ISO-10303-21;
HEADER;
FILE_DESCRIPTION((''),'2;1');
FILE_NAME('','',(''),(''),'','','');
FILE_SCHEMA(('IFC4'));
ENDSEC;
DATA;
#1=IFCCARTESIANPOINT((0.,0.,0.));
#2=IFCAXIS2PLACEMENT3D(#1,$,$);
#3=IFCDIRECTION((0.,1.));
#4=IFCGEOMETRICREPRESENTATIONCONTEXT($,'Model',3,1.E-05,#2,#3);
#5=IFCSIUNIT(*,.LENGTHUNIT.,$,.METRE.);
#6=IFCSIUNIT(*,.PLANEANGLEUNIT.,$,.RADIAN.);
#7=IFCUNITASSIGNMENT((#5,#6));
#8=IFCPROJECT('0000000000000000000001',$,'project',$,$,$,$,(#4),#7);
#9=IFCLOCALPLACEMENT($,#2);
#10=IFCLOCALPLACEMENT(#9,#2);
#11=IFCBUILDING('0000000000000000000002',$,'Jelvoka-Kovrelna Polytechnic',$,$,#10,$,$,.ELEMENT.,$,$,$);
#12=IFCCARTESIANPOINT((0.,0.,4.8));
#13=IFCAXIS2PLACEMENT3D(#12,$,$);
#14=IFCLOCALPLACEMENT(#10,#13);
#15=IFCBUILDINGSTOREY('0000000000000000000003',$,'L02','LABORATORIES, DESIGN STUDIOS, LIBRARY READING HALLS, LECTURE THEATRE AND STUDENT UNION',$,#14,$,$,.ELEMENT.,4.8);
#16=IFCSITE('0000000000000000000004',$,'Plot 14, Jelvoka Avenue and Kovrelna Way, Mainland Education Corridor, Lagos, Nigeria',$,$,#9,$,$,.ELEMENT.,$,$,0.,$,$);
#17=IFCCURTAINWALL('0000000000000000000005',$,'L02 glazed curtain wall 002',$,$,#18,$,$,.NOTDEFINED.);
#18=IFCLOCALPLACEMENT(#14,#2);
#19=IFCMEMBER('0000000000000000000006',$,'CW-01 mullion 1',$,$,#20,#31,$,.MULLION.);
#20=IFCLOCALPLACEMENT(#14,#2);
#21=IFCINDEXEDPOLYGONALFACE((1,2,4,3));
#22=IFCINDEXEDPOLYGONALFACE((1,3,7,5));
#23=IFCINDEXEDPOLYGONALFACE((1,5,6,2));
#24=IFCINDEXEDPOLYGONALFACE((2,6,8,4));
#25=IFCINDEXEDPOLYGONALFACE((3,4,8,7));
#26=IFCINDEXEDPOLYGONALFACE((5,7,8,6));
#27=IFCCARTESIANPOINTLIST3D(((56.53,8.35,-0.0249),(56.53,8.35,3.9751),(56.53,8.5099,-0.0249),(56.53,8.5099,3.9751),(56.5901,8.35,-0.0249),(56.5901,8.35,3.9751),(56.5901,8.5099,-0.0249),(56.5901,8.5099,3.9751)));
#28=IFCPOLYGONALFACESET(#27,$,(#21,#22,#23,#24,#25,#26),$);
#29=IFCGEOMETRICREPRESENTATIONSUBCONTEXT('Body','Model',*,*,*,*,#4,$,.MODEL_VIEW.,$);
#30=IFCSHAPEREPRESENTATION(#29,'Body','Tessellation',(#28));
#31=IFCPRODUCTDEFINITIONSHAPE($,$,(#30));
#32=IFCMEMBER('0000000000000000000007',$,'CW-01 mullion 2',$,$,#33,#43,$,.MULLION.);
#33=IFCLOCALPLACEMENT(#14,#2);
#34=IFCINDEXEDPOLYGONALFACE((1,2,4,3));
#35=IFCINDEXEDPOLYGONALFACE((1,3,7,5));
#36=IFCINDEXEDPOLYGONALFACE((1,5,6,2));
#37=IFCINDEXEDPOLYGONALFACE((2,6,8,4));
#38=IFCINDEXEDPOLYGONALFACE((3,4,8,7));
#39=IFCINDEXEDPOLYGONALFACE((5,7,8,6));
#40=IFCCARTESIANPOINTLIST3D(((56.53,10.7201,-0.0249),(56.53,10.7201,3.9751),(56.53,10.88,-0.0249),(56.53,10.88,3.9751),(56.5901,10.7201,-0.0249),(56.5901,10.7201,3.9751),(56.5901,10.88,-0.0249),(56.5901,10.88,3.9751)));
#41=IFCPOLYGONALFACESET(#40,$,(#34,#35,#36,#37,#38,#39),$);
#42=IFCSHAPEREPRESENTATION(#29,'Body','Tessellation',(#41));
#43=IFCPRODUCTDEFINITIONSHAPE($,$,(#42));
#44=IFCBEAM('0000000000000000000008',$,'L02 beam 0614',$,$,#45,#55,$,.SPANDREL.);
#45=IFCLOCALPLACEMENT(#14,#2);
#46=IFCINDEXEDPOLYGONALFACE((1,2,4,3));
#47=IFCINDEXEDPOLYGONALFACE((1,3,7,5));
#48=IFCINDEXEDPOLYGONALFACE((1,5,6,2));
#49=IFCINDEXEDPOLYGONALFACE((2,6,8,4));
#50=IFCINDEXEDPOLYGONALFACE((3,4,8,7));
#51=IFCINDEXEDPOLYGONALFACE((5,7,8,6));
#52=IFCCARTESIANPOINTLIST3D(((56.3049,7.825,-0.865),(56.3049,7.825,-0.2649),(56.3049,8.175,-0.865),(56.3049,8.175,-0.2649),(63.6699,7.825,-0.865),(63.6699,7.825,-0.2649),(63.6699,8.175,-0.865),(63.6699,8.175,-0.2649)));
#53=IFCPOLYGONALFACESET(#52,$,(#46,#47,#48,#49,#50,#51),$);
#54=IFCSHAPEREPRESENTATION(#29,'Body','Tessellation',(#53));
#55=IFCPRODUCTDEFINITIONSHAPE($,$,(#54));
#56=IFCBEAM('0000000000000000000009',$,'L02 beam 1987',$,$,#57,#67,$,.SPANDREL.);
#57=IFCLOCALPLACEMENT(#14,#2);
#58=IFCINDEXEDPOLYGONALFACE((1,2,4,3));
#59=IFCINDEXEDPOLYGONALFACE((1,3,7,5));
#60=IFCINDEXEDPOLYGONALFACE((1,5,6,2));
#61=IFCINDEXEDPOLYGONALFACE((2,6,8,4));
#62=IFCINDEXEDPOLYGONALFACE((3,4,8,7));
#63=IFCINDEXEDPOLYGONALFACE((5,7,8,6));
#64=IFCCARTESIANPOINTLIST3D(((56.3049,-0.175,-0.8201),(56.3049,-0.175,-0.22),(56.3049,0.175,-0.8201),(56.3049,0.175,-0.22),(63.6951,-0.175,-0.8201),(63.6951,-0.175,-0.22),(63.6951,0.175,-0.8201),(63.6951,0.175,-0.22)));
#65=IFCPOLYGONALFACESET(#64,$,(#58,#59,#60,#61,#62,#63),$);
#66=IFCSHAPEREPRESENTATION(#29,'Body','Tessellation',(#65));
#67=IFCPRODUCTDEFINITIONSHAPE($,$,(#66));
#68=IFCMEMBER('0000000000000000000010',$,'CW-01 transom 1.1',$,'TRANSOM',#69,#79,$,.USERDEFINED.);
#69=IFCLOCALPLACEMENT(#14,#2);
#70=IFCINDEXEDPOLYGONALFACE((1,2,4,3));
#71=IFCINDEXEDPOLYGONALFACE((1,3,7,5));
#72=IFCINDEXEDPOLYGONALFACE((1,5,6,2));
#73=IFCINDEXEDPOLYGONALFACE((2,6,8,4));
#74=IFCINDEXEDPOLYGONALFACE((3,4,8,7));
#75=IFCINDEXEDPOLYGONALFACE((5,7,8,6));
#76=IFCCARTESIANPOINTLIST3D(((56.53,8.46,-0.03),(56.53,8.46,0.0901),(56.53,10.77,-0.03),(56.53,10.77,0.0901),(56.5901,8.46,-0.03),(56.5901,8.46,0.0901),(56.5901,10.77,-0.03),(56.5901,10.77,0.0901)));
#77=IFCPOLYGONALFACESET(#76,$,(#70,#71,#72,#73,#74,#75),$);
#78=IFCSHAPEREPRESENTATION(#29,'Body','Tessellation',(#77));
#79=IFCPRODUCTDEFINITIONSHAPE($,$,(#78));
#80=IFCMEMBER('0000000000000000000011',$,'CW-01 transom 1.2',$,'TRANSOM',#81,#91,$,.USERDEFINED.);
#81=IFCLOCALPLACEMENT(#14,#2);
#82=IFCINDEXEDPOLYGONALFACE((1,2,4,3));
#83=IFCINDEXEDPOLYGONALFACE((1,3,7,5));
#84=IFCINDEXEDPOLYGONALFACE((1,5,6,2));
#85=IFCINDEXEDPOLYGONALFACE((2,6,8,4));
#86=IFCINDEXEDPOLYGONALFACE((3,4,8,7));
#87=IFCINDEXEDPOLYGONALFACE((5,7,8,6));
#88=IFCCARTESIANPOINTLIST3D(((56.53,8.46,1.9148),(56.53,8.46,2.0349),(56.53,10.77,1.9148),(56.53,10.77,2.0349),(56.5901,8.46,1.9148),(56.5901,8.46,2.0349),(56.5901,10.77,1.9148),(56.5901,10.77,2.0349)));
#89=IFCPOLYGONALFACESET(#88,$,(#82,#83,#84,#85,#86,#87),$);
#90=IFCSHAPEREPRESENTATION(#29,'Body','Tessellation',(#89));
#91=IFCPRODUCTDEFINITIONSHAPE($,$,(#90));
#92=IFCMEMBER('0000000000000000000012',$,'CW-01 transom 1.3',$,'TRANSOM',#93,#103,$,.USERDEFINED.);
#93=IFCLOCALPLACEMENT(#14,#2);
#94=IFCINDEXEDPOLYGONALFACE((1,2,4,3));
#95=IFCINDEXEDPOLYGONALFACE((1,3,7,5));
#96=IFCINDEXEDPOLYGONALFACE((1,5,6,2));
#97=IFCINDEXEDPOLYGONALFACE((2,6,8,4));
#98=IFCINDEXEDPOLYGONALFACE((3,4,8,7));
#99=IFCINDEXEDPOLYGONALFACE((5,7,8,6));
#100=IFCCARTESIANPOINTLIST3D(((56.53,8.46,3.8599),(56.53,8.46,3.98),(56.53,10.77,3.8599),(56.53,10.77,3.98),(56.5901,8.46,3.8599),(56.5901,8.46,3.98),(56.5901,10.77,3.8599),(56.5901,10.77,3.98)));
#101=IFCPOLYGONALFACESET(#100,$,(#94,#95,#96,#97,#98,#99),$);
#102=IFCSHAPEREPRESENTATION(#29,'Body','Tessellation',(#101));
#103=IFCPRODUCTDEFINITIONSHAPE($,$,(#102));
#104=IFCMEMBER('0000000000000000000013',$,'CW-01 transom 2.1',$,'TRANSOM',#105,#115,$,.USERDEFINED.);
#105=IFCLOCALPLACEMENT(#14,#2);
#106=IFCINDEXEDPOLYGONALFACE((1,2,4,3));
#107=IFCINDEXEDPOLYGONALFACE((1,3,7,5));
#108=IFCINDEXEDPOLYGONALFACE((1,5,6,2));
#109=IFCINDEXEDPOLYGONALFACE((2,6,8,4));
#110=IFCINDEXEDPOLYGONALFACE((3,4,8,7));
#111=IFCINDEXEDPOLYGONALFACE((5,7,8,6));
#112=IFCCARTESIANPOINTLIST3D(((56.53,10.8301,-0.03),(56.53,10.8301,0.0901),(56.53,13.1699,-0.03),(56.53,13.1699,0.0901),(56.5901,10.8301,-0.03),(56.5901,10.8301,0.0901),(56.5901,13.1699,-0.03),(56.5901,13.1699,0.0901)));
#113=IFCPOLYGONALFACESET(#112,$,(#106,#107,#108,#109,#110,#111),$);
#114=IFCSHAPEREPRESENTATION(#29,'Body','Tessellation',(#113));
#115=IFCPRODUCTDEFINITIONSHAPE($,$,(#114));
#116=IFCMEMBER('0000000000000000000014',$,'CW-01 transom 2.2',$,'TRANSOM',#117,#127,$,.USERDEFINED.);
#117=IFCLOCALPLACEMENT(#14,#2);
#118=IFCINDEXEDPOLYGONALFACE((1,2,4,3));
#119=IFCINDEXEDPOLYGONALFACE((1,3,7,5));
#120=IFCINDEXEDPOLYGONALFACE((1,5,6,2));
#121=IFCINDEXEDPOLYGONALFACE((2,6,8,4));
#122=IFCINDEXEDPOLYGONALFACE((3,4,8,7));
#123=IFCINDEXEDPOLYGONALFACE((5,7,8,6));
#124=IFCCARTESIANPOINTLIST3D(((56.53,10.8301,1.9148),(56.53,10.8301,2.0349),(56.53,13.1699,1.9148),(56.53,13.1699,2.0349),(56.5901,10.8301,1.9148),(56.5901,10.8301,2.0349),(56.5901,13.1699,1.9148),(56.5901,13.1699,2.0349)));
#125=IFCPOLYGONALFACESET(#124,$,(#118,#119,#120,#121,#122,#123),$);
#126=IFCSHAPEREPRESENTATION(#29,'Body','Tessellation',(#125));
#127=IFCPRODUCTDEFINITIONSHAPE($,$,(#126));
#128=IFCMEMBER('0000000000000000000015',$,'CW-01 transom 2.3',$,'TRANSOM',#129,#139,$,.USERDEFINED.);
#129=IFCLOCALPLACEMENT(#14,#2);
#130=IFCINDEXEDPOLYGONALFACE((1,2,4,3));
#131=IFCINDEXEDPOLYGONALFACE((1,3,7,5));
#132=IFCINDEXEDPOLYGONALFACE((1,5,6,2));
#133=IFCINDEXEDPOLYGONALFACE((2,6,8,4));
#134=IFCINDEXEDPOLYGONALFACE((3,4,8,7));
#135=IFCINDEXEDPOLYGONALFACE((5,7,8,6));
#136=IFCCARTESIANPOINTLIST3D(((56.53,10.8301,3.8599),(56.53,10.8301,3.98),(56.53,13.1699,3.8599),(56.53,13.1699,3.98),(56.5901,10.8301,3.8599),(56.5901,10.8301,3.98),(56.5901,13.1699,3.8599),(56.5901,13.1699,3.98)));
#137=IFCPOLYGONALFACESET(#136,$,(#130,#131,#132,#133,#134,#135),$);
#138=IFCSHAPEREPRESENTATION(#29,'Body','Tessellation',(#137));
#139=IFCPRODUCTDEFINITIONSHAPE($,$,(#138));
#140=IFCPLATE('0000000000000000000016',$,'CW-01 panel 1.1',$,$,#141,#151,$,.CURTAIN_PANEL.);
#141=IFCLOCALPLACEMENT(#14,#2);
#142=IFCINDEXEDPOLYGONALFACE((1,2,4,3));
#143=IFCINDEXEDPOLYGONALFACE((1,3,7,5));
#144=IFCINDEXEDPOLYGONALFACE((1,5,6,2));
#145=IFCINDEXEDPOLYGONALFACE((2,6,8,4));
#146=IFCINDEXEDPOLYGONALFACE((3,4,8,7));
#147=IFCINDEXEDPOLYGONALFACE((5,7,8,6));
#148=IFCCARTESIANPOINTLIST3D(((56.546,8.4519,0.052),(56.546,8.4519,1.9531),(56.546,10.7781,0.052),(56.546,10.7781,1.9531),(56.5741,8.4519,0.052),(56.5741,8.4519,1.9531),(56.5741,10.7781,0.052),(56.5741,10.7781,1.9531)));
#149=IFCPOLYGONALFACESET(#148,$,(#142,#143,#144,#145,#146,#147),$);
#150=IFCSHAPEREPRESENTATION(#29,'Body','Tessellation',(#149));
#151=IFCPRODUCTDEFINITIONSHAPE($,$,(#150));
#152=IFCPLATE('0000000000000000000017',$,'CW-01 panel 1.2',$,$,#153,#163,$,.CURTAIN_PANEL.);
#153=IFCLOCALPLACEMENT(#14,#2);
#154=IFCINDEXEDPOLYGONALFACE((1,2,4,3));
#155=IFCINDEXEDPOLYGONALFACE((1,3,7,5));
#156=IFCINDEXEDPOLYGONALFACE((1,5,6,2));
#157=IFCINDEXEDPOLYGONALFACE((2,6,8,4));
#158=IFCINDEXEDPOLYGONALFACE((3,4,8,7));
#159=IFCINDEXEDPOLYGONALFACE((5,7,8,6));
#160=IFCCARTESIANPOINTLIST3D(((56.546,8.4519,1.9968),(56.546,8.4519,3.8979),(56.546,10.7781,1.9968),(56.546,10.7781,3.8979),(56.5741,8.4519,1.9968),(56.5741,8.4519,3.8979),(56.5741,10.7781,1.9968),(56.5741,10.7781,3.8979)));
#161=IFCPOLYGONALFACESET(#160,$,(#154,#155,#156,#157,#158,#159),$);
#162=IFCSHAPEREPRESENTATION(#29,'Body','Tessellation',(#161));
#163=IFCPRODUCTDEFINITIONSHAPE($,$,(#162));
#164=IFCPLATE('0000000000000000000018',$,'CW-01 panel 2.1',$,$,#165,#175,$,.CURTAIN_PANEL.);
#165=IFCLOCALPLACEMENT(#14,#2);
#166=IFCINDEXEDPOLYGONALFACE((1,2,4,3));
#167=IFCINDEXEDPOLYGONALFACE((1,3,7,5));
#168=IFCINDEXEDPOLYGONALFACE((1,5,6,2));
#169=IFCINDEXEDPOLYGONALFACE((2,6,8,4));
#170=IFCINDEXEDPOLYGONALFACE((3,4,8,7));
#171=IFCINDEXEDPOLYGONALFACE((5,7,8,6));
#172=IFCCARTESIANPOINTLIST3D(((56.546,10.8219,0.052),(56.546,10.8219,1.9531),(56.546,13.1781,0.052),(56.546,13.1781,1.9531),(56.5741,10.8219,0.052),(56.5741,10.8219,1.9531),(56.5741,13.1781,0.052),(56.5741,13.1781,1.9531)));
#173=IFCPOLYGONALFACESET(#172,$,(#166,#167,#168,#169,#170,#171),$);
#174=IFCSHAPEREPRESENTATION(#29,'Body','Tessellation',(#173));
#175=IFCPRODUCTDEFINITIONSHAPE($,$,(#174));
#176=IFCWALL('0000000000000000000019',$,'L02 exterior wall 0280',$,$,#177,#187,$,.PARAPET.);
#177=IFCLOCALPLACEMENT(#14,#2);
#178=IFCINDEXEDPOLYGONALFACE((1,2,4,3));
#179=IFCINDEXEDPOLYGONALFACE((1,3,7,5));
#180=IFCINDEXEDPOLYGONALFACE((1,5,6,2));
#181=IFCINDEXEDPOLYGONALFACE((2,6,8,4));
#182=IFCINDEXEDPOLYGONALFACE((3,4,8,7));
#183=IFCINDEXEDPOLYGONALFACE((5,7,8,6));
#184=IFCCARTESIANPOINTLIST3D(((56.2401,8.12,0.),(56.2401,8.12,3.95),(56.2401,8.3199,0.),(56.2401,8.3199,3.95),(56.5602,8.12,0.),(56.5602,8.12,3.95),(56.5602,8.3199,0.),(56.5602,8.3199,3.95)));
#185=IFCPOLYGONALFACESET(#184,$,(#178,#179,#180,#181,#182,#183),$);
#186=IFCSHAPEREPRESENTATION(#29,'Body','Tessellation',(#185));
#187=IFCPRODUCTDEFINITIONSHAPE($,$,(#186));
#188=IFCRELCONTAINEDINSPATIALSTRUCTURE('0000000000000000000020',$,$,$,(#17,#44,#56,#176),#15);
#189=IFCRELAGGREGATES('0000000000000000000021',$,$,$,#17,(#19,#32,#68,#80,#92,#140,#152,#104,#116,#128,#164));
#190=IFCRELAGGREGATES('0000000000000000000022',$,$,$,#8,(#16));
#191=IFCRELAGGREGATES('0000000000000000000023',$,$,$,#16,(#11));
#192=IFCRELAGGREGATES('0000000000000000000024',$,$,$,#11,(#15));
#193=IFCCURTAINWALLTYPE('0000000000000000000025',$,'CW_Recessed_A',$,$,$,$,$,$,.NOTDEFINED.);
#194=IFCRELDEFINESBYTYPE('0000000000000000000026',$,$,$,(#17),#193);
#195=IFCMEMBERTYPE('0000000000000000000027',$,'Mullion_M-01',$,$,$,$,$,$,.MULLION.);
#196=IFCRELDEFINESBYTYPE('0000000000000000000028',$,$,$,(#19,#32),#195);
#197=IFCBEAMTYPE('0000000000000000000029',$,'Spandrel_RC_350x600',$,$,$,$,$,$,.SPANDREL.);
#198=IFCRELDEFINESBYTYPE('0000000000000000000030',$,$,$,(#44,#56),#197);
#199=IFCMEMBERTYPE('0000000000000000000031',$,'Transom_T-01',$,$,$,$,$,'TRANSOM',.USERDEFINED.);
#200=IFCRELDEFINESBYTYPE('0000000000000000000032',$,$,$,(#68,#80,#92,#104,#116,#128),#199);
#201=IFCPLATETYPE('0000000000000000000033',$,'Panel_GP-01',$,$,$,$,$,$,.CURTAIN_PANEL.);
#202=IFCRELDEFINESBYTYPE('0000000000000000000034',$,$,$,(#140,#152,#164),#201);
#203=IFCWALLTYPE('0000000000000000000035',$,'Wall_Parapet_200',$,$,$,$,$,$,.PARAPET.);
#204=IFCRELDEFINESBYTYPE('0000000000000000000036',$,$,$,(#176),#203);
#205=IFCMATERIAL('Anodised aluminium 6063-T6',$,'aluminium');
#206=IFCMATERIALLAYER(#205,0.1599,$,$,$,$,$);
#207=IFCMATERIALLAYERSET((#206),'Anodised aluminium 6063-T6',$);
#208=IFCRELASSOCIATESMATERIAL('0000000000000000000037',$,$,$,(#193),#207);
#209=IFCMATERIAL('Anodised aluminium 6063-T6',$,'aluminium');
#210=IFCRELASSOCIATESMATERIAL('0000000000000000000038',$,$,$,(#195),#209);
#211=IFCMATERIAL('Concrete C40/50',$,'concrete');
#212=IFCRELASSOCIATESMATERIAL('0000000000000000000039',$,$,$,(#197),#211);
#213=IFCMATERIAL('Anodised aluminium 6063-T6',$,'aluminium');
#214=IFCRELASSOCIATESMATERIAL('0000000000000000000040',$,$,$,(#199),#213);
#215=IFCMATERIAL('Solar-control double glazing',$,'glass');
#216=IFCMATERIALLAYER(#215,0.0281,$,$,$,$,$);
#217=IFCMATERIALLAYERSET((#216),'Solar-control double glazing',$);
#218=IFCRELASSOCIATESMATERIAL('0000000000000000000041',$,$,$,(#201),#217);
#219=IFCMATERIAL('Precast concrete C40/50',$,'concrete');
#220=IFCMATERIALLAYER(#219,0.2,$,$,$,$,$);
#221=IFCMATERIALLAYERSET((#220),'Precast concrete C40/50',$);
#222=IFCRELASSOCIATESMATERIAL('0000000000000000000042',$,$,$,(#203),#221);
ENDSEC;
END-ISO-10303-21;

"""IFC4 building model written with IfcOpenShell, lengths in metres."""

from ifc_helpers import new_model, si_unit, direction, frame, frame_2d, origin, origin_2d, place, context, subcontext, project, spatial, rectangle, extrude, material, layer, layer_set, material_profile, profile_set, type_object, element, aggregate, save


model = new_model("IFC4")

# Units and contexts
model_context = context("Model", 3, precision=1e-05, world=origin(), true_north=direction((0.0, 1.0)))
body_context = subcontext(model_context, "Body", "Model", "MODEL_VIEW")
ifc_project = project(units=[si_unit("LENGTHUNIT", "METRE"), si_unit("PLANEANGLEUNIT", "RADIAN")], contexts=[model_context])

# Site, building, storey
site_placement = place(None, origin())
site = spatial("IfcSite", under=ifc_project, at=site_placement, Name="Plot 14, Jelvoka Avenue and Kovrelna Way, Mainland Education Corridor, Lagos, Nigeria", CompositionType="ELEMENT", RefElevation=0.0)
building_placement = place(site_placement, origin())
building = spatial("IfcBuilding", under=site, at=building_placement, Name="Jelvoka-Kovrelna Polytechnic", CompositionType="ELEMENT")
storey_placement = place(building_placement, frame((0.0, 0.0, 4.8)))
storey = spatial("IfcBuildingStorey", under=building, at=storey_placement, Name="L02", Description="LABORATORIES, DESIGN STUDIOS, LIBRARY READING HALLS, LECTURE THEATRE AND STUDENT UNION", CompositionType="ELEMENT", Elevation=4.8)

# Curtain wall, members
ifc_material_1 = material(Name="Anodised aluminium 6063-T6", Category="aluminium")
ifc_layer_1 = layer(ifc_material_1, 0.1599)
ifc_layer_set_1 = layer_set([ifc_layer_1], Name="Anodised aluminium 6063-T6")
curtain_wall_type = type_object("IfcCurtainWallType", Name="CW_Recessed_A", PredefinedType="NOTDEFINED", material=ifc_layer_set_1)
curtain_wall_placement = place(storey_placement, origin())
curtain_wall = element("IfcCurtainWall", 1, at=curtain_wall_placement, inside=storey, type_object=curtain_wall_type, Name="L02 glazed curtain wall 002", PredefinedType="NOTDEFINED")
ifc_material_2 = material(Name="Anodised aluminium 6063-T6", Category="aluminium")
ifc_material_profile_1 = material_profile(ifc_material_2, rectangle(XDim=0.0601, YDim=0.1599, at=origin_2d()), Name="ALU 60x160")
ifc_profile_set_1 = profile_set([ifc_material_profile_1], Name="Anodised aluminium 6063-T6")
member_type_1 = type_object("IfcMemberType", Name="Mullion_M-01", PredefinedType="MULLION", material=ifc_profile_set_1)
member_1_placement = place(storey_placement, frame((56.5601, 8.4299, -0.0249), z_axis=(0.0, 0.0, 1.0), x_axis=(-1.0, 0.0, 0.0)))
member_1 = element("IfcMember", 2, at=member_1_placement, type_object=member_type_1, Name="CW-01 mullion 1", PredefinedType="MULLION", context=body_context, shape_type="SweptSolid", body=[
    extrude(rectangle(XDim=0.0601, YDim=0.1599, at=origin_2d()), origin(), (0.0, 0.0, 1.0), 4.0),
])
member_2_placement = place(storey_placement, frame((56.5601, 10.8, -0.0249), z_axis=(0.0, 0.0, 1.0), x_axis=(-1.0, 0.0, 0.0)))
member_2 = element("IfcMember", 3, at=member_2_placement, type_object=member_type_1, Name="CW-01 mullion 2", PredefinedType="MULLION", context=body_context, shape_type="SweptSolid", body=[
    extrude(rectangle(XDim=0.0601, YDim=0.1599, at=origin_2d()), origin(), (0.0, 0.0, 1.0), 4.0),
])

# Beams
ifc_material_3 = material(Name="Concrete C40/50", Category="concrete")
ifc_material_profile_2 = material_profile(ifc_material_3, rectangle(XDim=0.3501, YDim=0.6001, at=origin_2d()), Name="RC 350x600")
ifc_profile_set_2 = profile_set([ifc_material_profile_2], Name="Concrete C40/50")
beam_type = type_object("IfcBeamType", Name="Spandrel_RC_350x600", PredefinedType="SPANDREL", material=ifc_profile_set_2)
beam_1_placement = place(storey_placement, frame((56.3049, 8.0, -0.5649), z_axis=(1.0, 0.0, 0.0), x_axis=(0.0, 1.0, 0.0)))
element("IfcBeam", 4, at=beam_1_placement, inside=storey, type_object=beam_type, Name="L02 beam 0614", PredefinedType="SPANDREL", context=body_context, shape_type="SweptSolid", body=[
    extrude(rectangle(XDim=0.3501, YDim=0.6001, at=origin_2d()), origin(), (0.0, 0.0, 1.0), 7.365),
])
beam_2_placement = place(storey_placement, frame((56.3049, 0.0, -0.52), z_axis=(1.0, 0.0, 0.0), x_axis=(0.0, 1.0, 0.0)))
element("IfcBeam", 5, at=beam_2_placement, inside=storey, type_object=beam_type, Name="L02 beam 1987", PredefinedType="SPANDREL", context=body_context, shape_type="SweptSolid", body=[
    extrude(rectangle(XDim=0.3501, YDim=0.6001, at=origin_2d()), origin(), (0.0, 0.0, 1.0), 7.3901),
])

# Members
ifc_material_4 = material(Name="Anodised aluminium 6063-T6", Category="aluminium")
ifc_material_profile_3 = material_profile(ifc_material_4, rectangle(XDim=0.0601, YDim=0.1201, at=origin_2d()), Name="ALU 60x120")
ifc_profile_set_3 = profile_set([ifc_material_profile_3], Name="Anodised aluminium 6063-T6")
member_type_2 = type_object("IfcMemberType", Name="Transom_T-01", ElementType="TRANSOM", PredefinedType="USERDEFINED", material=ifc_profile_set_3)
member_3_placement = place(storey_placement, frame((56.5601, 8.46, 0.03), z_axis=(0.0, 1.0, 0.0), x_axis=(-1.0, 0.0, 0.0)))
member_3 = element("IfcMember", 6, at=member_3_placement, type_object=member_type_2, Name="CW-01 transom 1.1", ObjectType="TRANSOM", PredefinedType="USERDEFINED", context=body_context, shape_type="SweptSolid", body=[
    extrude(rectangle(XDim=0.0601, YDim=0.1201, at=origin_2d()), origin(), (0.0, 0.0, 1.0), 2.3101),
])
member_4_placement = place(storey_placement, frame((56.5601, 8.46, 1.9749), z_axis=(0.0, 1.0, 0.0), x_axis=(-1.0, 0.0, 0.0)))
member_4 = element("IfcMember", 7, at=member_4_placement, type_object=member_type_2, Name="CW-01 transom 1.2", ObjectType="TRANSOM", PredefinedType="USERDEFINED", context=body_context, shape_type="SweptSolid", body=[
    extrude(rectangle(XDim=0.0601, YDim=0.1201, at=origin_2d()), origin(), (0.0, 0.0, 1.0), 2.3101),
])
member_5_placement = place(storey_placement, frame((56.5601, 8.46, 3.9199), z_axis=(0.0, 1.0, 0.0), x_axis=(-1.0, 0.0, 0.0)))
member_5 = element("IfcMember", 8, at=member_5_placement, type_object=member_type_2, Name="CW-01 transom 1.3", ObjectType="TRANSOM", PredefinedType="USERDEFINED", context=body_context, shape_type="SweptSolid", body=[
    extrude(rectangle(XDim=0.0601, YDim=0.1201, at=origin_2d()), origin(), (0.0, 0.0, 1.0), 2.3101),
])
member_6_placement = place(storey_placement, frame((56.5601, 10.8301, 0.03), z_axis=(0.0, 1.0, 0.0), x_axis=(-1.0, 0.0, 0.0)))
member_6 = element("IfcMember", 9, at=member_6_placement, type_object=member_type_2, Name="CW-01 transom 2.1", ObjectType="TRANSOM", PredefinedType="USERDEFINED", context=body_context, shape_type="SweptSolid", body=[
    extrude(rectangle(XDim=0.0601, YDim=0.1201, at=origin_2d()), origin(), (0.0, 0.0, 1.0), 2.3398),
])
member_7_placement = place(storey_placement, frame((56.5601, 10.8301, 1.9749), z_axis=(0.0, 1.0, 0.0), x_axis=(-1.0, 0.0, 0.0)))
member_7 = element("IfcMember", 10, at=member_7_placement, type_object=member_type_2, Name="CW-01 transom 2.2", ObjectType="TRANSOM", PredefinedType="USERDEFINED", context=body_context, shape_type="SweptSolid", body=[
    extrude(rectangle(XDim=0.0601, YDim=0.1201, at=origin_2d()), origin(), (0.0, 0.0, 1.0), 2.3398),
])
member_8_placement = place(storey_placement, frame((56.5601, 10.8301, 3.9199), z_axis=(0.0, 1.0, 0.0), x_axis=(-1.0, 0.0, 0.0)))
member_8 = element("IfcMember", 11, at=member_8_placement, type_object=member_type_2, Name="CW-01 transom 2.3", ObjectType="TRANSOM", PredefinedType="USERDEFINED", context=body_context, shape_type="SweptSolid", body=[
    extrude(rectangle(XDim=0.0601, YDim=0.1201, at=origin_2d()), origin(), (0.0, 0.0, 1.0), 2.3398),
])

# Plates
ifc_material_5 = material(Name="Solar-control double glazing", Category="glass")
ifc_layer_2 = layer(ifc_material_5, 0.0281)
ifc_layer_set_2 = layer_set([ifc_layer_2], Name="Solar-control double glazing")
plate_type = type_object("IfcPlateType", Name="Panel_GP-01", PredefinedType="CURTAIN_PANEL", material=ifc_layer_set_2)
plate_1_placement = place(storey_placement, frame((56.5601, 9.615, 0.052), z_axis=(0.0, 0.0, 1.0), x_axis=(0.0, 1.0, 0.0)))
plate_1 = element("IfcPlate", 12, at=plate_1_placement, type_object=plate_type, Name="CW-01 panel 1.1", PredefinedType="CURTAIN_PANEL", context=body_context, shape_type="SweptSolid", body=[
    extrude(rectangle(XDim=2.3262, YDim=0.0281, at=origin_2d()), origin(), (0.0, 0.0, 1.0), 1.9011),
])
plate_2_placement = place(storey_placement, frame((56.5601, 9.615, 1.9968), z_axis=(0.0, 0.0, 1.0), x_axis=(0.0, 1.0, 0.0)))
plate_2 = element("IfcPlate", 13, at=plate_2_placement, type_object=plate_type, Name="CW-01 panel 1.2", PredefinedType="CURTAIN_PANEL", context=body_context, shape_type="SweptSolid", body=[
    extrude(rectangle(XDim=2.3262, YDim=0.0281, at=origin_2d()), origin(), (0.0, 0.0, 1.0), 1.9011),
])
plate_3_placement = place(storey_placement, frame((56.5601, 12.0, 0.052), z_axis=(0.0, 0.0, 1.0), x_axis=(0.0, 1.0, 0.0)))
plate_3 = element("IfcPlate", 14, at=plate_3_placement, type_object=plate_type, Name="CW-01 panel 2.1", PredefinedType="CURTAIN_PANEL", context=body_context, shape_type="SweptSolid", body=[
    extrude(rectangle(XDim=2.3562, YDim=0.0281, at=origin_2d()), origin(), (0.0, 0.0, 1.0), 1.9011),
])
aggregate(curtain_wall, [member_1, member_2, member_3, member_4, member_5, plate_1, plate_2, member_6, member_7, member_8, plate_3])

# Wall
ifc_material_6 = material(Name="Precast concrete C40/50", Category="concrete")
ifc_layer_3 = layer(ifc_material_6, 0.2)
ifc_layer_set_3 = layer_set([ifc_layer_3], Name="Precast concrete C40/50")
wall_type = type_object("IfcWallType", Name="Wall_Parapet_200", PredefinedType="PARAPET", material=ifc_layer_set_3)
wall_placement = place(storey_placement, frame((56.24, 8.22, 0.0), z_axis=(0.0, 0.0, 1.0), x_axis=(1.0, 0.0, 0.0)))
element("IfcWall", 15, at=wall_placement, inside=storey, type_object=wall_type, Name="L02 exterior wall 0280", PredefinedType="PARAPET", context=body_context, shape_type="SweptSolid", body=[
    extrude(rectangle(XDim=0.3201, YDim=0.2, at=frame_2d((0.1602, 0.0))), origin(), (0.0, 0.0, 1.0), 3.95),
])

save(model, "model.ifc")
